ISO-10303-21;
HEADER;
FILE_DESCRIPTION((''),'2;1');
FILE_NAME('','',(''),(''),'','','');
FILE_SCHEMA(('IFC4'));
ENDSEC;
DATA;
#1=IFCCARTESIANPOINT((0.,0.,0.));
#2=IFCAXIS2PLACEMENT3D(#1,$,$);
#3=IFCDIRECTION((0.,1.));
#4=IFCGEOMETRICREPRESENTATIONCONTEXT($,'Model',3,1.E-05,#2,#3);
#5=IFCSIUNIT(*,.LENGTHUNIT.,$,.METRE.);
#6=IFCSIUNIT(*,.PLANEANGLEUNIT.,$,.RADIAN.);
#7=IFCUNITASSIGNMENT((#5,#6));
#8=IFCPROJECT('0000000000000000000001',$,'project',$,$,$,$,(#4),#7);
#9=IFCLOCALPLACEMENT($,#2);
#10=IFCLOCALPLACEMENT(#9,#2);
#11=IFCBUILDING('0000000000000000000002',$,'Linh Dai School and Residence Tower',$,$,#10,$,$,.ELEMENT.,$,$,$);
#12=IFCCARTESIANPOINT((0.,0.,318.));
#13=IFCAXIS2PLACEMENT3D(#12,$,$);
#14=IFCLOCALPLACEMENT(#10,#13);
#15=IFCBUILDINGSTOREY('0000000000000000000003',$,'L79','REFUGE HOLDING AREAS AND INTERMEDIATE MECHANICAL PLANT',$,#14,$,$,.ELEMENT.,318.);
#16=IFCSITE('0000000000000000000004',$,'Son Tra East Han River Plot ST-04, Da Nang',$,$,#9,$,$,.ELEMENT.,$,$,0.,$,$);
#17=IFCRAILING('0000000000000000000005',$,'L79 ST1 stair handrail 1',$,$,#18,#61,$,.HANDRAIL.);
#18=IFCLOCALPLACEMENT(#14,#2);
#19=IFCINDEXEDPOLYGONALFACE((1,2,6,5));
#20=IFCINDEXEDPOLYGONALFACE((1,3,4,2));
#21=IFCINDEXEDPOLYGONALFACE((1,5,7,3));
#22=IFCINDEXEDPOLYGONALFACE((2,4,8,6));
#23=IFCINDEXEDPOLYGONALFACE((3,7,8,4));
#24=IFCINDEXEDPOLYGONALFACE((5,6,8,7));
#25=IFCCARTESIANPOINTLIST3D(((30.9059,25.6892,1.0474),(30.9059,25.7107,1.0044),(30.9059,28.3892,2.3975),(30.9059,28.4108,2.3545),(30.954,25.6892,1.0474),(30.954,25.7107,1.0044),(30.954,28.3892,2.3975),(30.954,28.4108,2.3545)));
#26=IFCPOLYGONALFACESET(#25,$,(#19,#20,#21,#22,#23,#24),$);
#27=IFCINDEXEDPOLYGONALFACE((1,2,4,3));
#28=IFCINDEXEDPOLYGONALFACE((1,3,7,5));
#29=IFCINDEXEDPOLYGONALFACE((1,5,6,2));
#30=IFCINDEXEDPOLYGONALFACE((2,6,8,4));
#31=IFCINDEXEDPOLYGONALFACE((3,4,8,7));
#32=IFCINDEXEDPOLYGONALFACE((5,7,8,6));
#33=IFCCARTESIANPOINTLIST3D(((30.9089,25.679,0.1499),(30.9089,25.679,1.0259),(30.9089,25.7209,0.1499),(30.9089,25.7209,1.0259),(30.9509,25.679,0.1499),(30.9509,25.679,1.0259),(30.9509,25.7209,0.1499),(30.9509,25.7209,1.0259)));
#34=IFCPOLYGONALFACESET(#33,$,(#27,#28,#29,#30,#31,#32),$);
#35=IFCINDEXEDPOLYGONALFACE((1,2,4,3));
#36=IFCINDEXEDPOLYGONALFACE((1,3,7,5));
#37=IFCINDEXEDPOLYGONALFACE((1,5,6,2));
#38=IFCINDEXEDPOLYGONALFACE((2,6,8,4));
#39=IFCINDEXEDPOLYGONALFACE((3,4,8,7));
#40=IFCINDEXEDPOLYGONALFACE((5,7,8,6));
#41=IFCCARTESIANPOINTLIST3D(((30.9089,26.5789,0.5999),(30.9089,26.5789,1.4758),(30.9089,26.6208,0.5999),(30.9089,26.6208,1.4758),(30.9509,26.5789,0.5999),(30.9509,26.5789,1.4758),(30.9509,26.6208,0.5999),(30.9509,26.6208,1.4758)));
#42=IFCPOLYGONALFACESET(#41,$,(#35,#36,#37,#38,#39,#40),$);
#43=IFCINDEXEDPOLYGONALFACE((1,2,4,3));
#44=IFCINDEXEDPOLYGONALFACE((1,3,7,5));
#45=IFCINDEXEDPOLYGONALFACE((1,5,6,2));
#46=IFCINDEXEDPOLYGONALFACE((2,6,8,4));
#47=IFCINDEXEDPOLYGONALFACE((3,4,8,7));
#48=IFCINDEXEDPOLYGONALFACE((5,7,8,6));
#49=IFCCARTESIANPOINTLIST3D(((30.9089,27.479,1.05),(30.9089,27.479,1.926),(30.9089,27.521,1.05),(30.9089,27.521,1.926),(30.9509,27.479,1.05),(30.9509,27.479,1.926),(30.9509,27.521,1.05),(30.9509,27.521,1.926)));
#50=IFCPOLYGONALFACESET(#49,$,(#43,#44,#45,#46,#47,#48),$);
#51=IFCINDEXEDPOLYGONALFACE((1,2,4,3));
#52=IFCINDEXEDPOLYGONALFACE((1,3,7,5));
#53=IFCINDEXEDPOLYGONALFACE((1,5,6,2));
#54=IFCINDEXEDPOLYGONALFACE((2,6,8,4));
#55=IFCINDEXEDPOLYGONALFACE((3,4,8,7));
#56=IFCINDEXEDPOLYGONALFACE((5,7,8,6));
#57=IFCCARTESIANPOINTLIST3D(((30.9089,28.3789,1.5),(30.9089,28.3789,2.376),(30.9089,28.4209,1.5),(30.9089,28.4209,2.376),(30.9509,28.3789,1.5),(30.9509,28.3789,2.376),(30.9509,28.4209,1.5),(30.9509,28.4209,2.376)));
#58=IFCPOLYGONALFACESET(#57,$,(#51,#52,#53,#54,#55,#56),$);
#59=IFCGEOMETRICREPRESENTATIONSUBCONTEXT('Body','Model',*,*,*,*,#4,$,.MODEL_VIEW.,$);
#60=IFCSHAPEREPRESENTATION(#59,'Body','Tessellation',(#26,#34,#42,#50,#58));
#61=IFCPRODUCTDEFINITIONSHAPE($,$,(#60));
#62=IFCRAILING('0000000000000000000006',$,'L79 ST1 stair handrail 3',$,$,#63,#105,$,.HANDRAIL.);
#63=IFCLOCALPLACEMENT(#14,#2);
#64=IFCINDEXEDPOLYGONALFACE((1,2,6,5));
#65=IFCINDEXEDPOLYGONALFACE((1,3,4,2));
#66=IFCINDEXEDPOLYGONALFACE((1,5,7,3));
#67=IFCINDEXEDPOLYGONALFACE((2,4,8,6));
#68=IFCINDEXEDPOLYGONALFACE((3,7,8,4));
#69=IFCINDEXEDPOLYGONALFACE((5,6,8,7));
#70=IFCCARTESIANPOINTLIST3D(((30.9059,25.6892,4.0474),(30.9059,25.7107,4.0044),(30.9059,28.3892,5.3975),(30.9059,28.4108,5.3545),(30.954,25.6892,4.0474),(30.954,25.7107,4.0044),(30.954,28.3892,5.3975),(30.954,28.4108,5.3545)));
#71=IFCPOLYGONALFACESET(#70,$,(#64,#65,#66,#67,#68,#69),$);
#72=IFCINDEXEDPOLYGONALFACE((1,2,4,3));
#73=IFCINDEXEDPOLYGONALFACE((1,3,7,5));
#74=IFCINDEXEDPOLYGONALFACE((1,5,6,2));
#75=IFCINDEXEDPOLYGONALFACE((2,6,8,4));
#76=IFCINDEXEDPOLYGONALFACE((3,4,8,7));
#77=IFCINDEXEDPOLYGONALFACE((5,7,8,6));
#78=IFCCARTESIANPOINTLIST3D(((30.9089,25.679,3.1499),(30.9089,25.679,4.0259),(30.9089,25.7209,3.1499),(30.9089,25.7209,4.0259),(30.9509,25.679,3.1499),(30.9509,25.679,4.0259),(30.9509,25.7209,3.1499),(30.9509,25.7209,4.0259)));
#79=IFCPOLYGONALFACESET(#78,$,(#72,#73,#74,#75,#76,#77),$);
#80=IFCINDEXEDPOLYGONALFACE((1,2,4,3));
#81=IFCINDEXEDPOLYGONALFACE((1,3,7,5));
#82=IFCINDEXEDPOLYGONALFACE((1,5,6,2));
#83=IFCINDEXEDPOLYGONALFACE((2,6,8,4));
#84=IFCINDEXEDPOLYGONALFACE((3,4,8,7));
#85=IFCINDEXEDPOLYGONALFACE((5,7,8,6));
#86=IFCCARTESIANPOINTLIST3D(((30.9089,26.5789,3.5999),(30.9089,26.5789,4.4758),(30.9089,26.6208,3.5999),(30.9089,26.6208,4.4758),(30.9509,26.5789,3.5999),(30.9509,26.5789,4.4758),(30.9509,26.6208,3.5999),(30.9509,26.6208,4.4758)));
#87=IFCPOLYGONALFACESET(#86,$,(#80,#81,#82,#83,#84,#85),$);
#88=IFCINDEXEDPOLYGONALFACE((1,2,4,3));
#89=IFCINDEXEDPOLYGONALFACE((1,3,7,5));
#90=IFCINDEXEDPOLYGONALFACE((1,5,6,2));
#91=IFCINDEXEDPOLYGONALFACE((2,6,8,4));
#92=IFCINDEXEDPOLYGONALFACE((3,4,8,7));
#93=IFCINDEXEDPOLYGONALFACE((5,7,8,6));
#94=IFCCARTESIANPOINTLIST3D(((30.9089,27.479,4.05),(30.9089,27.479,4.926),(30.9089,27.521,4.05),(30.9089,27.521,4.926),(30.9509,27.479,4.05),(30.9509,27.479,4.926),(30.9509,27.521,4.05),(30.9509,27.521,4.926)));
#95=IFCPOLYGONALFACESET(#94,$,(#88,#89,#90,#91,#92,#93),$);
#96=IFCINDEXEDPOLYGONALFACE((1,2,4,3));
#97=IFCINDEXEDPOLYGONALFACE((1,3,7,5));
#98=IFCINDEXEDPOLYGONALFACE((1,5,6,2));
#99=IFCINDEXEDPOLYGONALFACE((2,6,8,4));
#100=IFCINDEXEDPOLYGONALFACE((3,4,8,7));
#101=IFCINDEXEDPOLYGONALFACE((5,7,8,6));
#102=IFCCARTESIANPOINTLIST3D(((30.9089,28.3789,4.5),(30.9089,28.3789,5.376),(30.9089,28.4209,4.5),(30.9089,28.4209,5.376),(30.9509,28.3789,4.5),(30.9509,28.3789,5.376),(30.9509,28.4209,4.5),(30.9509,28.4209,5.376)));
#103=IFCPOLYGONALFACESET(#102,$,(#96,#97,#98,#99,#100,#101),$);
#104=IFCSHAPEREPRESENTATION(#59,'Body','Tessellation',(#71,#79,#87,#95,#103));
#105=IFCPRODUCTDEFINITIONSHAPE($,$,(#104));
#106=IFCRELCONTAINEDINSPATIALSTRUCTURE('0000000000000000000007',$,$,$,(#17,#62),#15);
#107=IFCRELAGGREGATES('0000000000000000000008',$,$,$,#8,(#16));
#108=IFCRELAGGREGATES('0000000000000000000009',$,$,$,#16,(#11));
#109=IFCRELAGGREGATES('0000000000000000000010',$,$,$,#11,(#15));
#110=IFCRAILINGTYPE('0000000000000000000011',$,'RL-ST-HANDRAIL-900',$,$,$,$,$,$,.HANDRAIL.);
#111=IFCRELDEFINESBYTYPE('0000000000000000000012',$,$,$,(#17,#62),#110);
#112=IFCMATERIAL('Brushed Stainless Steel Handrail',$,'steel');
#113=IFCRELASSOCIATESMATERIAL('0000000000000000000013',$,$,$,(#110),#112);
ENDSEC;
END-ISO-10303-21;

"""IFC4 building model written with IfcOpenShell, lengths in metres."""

from ifc_helpers import new_model, si_unit, direction, frame, origin, origin_2d, place, context, subcontext, project, spatial, rectangle, extrude, source, transform, mapped, material, type_object, element, save


model = new_model("IFC4")

# Units and contexts
model_context = context("Model", 3, precision=1e-05, world=origin(), true_north=direction((0.0, 1.0)))
body_context = subcontext(model_context, "Body", "Model", "MODEL_VIEW")
ifc_project = project(units=[si_unit("LENGTHUNIT", "METRE"), si_unit("PLANEANGLEUNIT", "RADIAN")], contexts=[model_context])

# Site, building, storey
site_placement = place(None, origin())
site = spatial("IfcSite", under=ifc_project, at=site_placement, Name="Son Tra East Han River Plot ST-04, Da Nang", CompositionType="ELEMENT", RefElevation=0.0)
building_placement = place(site_placement, origin())
building = spatial("IfcBuilding", under=site, at=building_placement, Name="Linh Dai School and Residence Tower", CompositionType="ELEMENT")
storey_placement = place(building_placement, frame((0.0, 0.0, 318.0)))
storey = spatial("IfcBuildingStorey", under=building, at=storey_placement, Name="L79", Description="REFUGE HOLDING AREAS AND INTERMEDIATE MECHANICAL PLANT", CompositionType="ELEMENT", Elevation=318.0)

# Railings
ifc_material_1 = material(Name="Brushed Stainless Steel Handrail", Category="steel")
railing_type_1 = type_object("IfcRailingType", Name="RL-ST-HANDRAIL-900", PredefinedType="HANDRAIL", material=ifc_material_1)
shared_shape_1 = source(origin(), body_context, "Body", "SweptSolid", [
    extrude(rectangle(XDim=0.0481, YDim=0.0481, at=origin_2d()), frame((0.0, 0.0, 0.876), z_axis=(0.0, 0.894411, 0.447246), x_axis=(-1.0, 0.0, 0.0)), (0.0, 0.0, 1.0), 3.0188),
    extrude(rectangle(XDim=0.042, YDim=0.042, at=origin_2d()), origin(), (0.0, 0.0, 1.0), 0.876),
    extrude(rectangle(XDim=0.042, YDim=0.042, at=origin_2d()), frame((0.0, 0.8999, 0.45)), (0.0, 0.0, 1.0), 0.876),
    extrude(rectangle(XDim=0.042, YDim=0.042, at=origin_2d()), frame((0.0, 1.8, 0.9001)), (0.0, 0.0, 1.0), 0.876),
    extrude(rectangle(XDim=0.042, YDim=0.042, at=origin_2d()), frame((0.0, 2.7, 1.3501)), (0.0, 0.0, 1.0), 0.876),
])
for number, where, name in (
    (1, (30.9299, 25.7, 0.1499), "L79 ST1 stair handrail 1"),
    (2, (30.9299, 25.7, 3.1499), "L79 ST1 stair handrail 3"),
):
    element("IfcRailing", number, at=place(storey_placement, frame(where)), inside=storey, type_object=railing_type_1, Name=name, PredefinedType="HANDRAIL", context=body_context, shape_type="MappedRepresentation", body=[
        mapped(shared_shape_1, transform((0.0, 0.0, 0.0), x_axis=(1.0, 0.0, 0.0), y_axis=(0.0, 1.0, 0.0), z_axis=(0.0, 0.0, 1.0), scale=1.0)),
    ])

save(model, "model.ifc")
